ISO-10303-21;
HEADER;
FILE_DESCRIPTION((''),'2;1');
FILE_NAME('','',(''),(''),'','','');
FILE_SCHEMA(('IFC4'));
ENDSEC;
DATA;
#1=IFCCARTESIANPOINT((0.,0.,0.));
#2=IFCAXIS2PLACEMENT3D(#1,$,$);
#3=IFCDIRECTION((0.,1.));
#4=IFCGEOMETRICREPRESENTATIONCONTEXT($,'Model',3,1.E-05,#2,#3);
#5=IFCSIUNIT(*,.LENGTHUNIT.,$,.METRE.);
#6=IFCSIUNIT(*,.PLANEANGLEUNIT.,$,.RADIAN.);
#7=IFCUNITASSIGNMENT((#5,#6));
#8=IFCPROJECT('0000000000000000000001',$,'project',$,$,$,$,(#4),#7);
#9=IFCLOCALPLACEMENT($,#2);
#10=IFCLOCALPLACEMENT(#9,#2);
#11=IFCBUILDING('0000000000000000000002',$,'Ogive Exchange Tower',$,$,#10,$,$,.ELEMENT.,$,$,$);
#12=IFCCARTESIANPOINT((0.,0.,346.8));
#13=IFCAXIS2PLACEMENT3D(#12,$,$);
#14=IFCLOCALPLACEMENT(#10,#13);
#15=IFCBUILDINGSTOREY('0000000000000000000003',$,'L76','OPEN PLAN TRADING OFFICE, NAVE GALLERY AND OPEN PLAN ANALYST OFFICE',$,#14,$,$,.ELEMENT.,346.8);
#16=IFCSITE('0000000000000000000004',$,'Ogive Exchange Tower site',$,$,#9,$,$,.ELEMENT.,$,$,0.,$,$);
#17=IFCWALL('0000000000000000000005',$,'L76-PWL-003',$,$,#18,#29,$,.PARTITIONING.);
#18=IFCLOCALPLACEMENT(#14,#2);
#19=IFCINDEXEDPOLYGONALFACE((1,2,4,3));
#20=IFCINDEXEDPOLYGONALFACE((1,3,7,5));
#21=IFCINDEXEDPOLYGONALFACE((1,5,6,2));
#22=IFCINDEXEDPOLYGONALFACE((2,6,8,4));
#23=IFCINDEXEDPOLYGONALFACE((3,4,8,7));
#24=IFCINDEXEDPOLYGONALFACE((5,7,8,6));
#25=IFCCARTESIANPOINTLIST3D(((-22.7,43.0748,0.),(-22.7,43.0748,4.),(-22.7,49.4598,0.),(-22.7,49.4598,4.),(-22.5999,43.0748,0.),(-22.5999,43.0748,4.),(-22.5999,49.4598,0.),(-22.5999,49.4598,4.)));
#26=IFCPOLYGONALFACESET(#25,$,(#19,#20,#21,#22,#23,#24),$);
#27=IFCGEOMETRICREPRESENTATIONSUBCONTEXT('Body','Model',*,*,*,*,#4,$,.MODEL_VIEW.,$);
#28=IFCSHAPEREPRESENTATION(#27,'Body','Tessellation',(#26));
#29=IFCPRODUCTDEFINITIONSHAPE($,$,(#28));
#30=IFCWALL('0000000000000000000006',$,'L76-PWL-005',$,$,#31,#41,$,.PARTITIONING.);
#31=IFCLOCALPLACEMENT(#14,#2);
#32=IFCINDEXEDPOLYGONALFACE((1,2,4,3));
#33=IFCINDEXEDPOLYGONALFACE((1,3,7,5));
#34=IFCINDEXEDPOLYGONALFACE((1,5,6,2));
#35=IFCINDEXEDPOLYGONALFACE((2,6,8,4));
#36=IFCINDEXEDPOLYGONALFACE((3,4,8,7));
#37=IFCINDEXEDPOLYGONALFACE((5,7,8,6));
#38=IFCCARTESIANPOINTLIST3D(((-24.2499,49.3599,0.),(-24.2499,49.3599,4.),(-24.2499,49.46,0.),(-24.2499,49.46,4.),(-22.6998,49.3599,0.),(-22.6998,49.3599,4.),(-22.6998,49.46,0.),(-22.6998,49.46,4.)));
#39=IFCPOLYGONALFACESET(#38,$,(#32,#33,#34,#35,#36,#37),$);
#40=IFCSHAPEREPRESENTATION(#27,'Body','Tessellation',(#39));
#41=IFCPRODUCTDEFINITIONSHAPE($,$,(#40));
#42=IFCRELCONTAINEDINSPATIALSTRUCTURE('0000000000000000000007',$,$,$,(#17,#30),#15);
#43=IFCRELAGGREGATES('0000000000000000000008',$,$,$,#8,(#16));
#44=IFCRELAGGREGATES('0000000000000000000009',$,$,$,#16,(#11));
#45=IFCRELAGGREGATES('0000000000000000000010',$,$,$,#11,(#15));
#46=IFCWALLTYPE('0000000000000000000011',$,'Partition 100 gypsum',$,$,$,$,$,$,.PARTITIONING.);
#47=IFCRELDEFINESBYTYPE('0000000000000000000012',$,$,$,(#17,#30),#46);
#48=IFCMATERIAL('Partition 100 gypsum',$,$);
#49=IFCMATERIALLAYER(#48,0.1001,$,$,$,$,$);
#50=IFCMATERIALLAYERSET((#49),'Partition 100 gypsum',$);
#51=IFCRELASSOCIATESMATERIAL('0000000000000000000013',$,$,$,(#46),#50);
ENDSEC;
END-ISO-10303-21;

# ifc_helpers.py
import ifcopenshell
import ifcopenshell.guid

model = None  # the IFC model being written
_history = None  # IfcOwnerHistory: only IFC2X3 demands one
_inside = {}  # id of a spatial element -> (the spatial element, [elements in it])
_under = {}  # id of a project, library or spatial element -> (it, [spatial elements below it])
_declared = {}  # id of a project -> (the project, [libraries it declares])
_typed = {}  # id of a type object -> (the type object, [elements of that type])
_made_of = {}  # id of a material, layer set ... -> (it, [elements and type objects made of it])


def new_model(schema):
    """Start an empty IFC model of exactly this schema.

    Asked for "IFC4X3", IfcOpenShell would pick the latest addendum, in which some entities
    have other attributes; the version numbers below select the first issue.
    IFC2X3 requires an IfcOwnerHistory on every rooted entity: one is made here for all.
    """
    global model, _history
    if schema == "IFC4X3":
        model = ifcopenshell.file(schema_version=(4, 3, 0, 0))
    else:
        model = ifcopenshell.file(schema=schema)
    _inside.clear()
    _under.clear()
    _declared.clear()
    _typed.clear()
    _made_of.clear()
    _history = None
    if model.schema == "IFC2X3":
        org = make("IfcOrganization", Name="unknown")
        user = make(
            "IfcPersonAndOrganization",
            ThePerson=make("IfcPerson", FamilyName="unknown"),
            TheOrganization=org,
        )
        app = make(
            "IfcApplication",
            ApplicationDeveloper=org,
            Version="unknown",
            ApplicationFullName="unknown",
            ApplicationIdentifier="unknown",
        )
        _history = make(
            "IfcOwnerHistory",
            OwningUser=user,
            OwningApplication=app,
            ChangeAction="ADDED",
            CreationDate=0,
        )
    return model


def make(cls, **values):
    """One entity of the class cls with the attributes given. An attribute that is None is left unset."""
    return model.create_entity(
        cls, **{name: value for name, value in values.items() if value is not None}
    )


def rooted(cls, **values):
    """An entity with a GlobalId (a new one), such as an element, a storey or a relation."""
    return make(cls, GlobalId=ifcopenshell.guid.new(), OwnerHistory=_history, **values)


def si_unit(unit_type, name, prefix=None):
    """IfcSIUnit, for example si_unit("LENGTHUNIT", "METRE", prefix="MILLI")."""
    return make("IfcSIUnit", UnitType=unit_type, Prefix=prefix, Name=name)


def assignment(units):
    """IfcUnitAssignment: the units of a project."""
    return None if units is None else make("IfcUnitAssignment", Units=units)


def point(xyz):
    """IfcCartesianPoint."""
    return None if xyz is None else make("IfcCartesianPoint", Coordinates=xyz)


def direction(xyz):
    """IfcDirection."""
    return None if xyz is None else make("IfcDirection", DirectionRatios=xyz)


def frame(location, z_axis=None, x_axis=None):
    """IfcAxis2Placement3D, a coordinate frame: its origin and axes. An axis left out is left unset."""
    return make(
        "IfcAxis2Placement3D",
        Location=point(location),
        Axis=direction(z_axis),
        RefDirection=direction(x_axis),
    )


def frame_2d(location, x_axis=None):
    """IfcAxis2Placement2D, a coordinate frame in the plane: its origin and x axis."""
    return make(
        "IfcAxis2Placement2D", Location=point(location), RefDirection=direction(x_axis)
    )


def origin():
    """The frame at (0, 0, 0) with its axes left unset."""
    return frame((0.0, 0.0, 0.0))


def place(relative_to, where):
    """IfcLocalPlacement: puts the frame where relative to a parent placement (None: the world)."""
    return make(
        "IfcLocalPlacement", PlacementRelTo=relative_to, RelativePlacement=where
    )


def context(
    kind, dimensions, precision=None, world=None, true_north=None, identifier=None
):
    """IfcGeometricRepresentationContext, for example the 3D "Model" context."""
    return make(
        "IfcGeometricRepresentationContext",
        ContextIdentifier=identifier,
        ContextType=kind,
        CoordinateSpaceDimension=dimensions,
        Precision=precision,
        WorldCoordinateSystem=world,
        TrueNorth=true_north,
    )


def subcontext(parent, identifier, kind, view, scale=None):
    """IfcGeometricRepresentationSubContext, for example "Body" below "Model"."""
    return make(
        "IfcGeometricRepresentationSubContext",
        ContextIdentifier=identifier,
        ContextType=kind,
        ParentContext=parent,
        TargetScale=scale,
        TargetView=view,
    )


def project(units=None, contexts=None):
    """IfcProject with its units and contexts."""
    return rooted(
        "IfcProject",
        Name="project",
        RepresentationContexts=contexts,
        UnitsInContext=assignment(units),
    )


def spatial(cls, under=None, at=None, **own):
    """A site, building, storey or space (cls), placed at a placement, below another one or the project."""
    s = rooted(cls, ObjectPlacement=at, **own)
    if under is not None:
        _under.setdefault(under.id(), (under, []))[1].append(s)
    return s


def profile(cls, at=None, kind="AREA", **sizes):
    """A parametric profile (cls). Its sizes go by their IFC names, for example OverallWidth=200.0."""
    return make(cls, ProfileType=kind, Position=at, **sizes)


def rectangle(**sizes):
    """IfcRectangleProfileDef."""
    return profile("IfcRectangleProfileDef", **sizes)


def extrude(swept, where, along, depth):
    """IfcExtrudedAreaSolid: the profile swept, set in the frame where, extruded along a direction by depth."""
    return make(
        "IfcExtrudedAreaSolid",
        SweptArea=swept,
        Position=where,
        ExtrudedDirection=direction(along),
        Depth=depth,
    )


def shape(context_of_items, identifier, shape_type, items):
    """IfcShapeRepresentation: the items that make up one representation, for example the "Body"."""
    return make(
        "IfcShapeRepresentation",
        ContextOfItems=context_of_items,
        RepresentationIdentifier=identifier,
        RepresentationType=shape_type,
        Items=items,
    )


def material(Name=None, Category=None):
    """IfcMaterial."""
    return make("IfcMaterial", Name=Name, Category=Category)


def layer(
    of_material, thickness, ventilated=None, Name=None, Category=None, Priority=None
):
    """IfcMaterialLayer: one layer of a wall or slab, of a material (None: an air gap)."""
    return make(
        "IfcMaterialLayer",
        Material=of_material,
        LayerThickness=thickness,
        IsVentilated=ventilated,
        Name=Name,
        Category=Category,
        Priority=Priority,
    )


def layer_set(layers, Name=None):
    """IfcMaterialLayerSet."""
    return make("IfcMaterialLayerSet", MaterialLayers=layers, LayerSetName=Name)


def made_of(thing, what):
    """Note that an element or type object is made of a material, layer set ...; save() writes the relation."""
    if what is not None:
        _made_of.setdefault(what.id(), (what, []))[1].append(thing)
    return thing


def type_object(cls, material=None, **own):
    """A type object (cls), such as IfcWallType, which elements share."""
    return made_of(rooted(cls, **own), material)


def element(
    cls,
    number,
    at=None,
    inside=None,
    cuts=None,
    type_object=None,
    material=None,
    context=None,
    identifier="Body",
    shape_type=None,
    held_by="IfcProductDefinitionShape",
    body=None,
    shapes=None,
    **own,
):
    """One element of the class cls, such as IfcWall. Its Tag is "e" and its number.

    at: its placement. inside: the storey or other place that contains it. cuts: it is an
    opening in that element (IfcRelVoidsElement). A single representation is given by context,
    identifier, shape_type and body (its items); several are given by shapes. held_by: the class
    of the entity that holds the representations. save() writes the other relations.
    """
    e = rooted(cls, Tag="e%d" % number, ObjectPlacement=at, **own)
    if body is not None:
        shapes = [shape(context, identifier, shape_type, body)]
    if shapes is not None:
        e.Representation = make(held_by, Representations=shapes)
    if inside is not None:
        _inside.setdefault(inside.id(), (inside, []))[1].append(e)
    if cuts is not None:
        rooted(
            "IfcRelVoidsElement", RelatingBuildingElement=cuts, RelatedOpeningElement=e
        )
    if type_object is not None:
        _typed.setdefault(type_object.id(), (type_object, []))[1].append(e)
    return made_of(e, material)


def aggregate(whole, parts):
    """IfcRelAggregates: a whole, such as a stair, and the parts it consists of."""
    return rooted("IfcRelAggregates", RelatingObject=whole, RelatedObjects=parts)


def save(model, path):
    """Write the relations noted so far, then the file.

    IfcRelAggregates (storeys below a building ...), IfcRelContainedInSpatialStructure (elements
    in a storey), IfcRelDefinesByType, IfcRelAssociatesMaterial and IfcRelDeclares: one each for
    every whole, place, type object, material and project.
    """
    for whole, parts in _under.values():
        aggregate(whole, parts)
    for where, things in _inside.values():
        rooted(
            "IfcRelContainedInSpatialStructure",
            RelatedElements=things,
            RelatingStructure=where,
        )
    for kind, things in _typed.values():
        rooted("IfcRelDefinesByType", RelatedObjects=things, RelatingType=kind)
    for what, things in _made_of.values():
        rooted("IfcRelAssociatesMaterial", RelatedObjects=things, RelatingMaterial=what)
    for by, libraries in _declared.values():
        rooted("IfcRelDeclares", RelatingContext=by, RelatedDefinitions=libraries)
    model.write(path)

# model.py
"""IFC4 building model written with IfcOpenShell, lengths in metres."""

from ifc_helpers import new_model, si_unit, direction, frame, frame_2d, origin, place, context, subcontext, project, spatial, rectangle, extrude, material, layer, layer_set, type_object, element, save


model = new_model("IFC4")

# Units and contexts
model_context = context("Model", 3, precision=1e-05, world=origin(), true_north=direction((0.0, 1.0)))
body_context = subcontext(model_context, "Body", "Model", "MODEL_VIEW")
ifc_project = project(units=[si_unit("LENGTHUNIT", "METRE"), si_unit("PLANEANGLEUNIT", "RADIAN")], contexts=[model_context])

# Site, building, storey
site_placement = place(None, origin())
site = spatial("IfcSite", under=ifc_project, at=site_placement, Name="Ogive Exchange Tower site", CompositionType="ELEMENT", RefElevation=0.0)
building_placement = place(site_placement, origin())
building = spatial("IfcBuilding", under=site, at=building_placement, Name="Ogive Exchange Tower", CompositionType="ELEMENT")
storey_placement = place(building_placement, frame((0.0, 0.0, 346.8)))
storey = spatial("IfcBuildingStorey", under=building, at=storey_placement, Name="L76", Description="OPEN PLAN TRADING OFFICE, NAVE GALLERY AND OPEN PLAN ANALYST OFFICE", CompositionType="ELEMENT", Elevation=346.8)

# Walls
ifc_material_1 = material(Name="Partition 100 gypsum")
ifc_layer_1 = layer(ifc_material_1, 0.1001)
ifc_layer_set_1 = layer_set([ifc_layer_1], Name="Partition 100 gypsum")
wall_type_1 = type_object("IfcWallType", Name="Partition 100 gypsum", PredefinedType="PARTITIONING", material=ifc_layer_set_1)
wall_1_placement = place(storey_placement, frame((-22.6499, 43.075, 0.0), z_axis=(0.0, 0.0, 1.0), x_axis=(0.0, 1.0, 0.0)))
element("IfcWall", 1, at=wall_1_placement, inside=storey, type_object=wall_type_1, Name="L76-PWL-003", PredefinedType="PARTITIONING", context=body_context, shape_type="SweptSolid", body=[
    extrude(rectangle(XDim=6.385, YDim=0.1001, at=frame_2d((3.1924, 0.0))), origin(), (0.0, 0.0, 1.0), 4.0),
])
wall_2_placement = place(storey_placement, frame((-22.7, 49.4099, 0.0), z_axis=(0.0, 0.0, 1.0), x_axis=(-1.0, 0.0, 0.0)))
element("IfcWall", 2, at=wall_2_placement, inside=storey, type_object=wall_type_1, Name="L76-PWL-005", PredefinedType="PARTITIONING", context=body_context, shape_type="SweptSolid", body=[
    extrude(rectangle(XDim=1.55, YDim=0.1001, at=frame_2d((0.7749, 0.0))), origin(), (0.0, 0.0, 1.0), 4.0),
])

save(model, "model.ifc")
